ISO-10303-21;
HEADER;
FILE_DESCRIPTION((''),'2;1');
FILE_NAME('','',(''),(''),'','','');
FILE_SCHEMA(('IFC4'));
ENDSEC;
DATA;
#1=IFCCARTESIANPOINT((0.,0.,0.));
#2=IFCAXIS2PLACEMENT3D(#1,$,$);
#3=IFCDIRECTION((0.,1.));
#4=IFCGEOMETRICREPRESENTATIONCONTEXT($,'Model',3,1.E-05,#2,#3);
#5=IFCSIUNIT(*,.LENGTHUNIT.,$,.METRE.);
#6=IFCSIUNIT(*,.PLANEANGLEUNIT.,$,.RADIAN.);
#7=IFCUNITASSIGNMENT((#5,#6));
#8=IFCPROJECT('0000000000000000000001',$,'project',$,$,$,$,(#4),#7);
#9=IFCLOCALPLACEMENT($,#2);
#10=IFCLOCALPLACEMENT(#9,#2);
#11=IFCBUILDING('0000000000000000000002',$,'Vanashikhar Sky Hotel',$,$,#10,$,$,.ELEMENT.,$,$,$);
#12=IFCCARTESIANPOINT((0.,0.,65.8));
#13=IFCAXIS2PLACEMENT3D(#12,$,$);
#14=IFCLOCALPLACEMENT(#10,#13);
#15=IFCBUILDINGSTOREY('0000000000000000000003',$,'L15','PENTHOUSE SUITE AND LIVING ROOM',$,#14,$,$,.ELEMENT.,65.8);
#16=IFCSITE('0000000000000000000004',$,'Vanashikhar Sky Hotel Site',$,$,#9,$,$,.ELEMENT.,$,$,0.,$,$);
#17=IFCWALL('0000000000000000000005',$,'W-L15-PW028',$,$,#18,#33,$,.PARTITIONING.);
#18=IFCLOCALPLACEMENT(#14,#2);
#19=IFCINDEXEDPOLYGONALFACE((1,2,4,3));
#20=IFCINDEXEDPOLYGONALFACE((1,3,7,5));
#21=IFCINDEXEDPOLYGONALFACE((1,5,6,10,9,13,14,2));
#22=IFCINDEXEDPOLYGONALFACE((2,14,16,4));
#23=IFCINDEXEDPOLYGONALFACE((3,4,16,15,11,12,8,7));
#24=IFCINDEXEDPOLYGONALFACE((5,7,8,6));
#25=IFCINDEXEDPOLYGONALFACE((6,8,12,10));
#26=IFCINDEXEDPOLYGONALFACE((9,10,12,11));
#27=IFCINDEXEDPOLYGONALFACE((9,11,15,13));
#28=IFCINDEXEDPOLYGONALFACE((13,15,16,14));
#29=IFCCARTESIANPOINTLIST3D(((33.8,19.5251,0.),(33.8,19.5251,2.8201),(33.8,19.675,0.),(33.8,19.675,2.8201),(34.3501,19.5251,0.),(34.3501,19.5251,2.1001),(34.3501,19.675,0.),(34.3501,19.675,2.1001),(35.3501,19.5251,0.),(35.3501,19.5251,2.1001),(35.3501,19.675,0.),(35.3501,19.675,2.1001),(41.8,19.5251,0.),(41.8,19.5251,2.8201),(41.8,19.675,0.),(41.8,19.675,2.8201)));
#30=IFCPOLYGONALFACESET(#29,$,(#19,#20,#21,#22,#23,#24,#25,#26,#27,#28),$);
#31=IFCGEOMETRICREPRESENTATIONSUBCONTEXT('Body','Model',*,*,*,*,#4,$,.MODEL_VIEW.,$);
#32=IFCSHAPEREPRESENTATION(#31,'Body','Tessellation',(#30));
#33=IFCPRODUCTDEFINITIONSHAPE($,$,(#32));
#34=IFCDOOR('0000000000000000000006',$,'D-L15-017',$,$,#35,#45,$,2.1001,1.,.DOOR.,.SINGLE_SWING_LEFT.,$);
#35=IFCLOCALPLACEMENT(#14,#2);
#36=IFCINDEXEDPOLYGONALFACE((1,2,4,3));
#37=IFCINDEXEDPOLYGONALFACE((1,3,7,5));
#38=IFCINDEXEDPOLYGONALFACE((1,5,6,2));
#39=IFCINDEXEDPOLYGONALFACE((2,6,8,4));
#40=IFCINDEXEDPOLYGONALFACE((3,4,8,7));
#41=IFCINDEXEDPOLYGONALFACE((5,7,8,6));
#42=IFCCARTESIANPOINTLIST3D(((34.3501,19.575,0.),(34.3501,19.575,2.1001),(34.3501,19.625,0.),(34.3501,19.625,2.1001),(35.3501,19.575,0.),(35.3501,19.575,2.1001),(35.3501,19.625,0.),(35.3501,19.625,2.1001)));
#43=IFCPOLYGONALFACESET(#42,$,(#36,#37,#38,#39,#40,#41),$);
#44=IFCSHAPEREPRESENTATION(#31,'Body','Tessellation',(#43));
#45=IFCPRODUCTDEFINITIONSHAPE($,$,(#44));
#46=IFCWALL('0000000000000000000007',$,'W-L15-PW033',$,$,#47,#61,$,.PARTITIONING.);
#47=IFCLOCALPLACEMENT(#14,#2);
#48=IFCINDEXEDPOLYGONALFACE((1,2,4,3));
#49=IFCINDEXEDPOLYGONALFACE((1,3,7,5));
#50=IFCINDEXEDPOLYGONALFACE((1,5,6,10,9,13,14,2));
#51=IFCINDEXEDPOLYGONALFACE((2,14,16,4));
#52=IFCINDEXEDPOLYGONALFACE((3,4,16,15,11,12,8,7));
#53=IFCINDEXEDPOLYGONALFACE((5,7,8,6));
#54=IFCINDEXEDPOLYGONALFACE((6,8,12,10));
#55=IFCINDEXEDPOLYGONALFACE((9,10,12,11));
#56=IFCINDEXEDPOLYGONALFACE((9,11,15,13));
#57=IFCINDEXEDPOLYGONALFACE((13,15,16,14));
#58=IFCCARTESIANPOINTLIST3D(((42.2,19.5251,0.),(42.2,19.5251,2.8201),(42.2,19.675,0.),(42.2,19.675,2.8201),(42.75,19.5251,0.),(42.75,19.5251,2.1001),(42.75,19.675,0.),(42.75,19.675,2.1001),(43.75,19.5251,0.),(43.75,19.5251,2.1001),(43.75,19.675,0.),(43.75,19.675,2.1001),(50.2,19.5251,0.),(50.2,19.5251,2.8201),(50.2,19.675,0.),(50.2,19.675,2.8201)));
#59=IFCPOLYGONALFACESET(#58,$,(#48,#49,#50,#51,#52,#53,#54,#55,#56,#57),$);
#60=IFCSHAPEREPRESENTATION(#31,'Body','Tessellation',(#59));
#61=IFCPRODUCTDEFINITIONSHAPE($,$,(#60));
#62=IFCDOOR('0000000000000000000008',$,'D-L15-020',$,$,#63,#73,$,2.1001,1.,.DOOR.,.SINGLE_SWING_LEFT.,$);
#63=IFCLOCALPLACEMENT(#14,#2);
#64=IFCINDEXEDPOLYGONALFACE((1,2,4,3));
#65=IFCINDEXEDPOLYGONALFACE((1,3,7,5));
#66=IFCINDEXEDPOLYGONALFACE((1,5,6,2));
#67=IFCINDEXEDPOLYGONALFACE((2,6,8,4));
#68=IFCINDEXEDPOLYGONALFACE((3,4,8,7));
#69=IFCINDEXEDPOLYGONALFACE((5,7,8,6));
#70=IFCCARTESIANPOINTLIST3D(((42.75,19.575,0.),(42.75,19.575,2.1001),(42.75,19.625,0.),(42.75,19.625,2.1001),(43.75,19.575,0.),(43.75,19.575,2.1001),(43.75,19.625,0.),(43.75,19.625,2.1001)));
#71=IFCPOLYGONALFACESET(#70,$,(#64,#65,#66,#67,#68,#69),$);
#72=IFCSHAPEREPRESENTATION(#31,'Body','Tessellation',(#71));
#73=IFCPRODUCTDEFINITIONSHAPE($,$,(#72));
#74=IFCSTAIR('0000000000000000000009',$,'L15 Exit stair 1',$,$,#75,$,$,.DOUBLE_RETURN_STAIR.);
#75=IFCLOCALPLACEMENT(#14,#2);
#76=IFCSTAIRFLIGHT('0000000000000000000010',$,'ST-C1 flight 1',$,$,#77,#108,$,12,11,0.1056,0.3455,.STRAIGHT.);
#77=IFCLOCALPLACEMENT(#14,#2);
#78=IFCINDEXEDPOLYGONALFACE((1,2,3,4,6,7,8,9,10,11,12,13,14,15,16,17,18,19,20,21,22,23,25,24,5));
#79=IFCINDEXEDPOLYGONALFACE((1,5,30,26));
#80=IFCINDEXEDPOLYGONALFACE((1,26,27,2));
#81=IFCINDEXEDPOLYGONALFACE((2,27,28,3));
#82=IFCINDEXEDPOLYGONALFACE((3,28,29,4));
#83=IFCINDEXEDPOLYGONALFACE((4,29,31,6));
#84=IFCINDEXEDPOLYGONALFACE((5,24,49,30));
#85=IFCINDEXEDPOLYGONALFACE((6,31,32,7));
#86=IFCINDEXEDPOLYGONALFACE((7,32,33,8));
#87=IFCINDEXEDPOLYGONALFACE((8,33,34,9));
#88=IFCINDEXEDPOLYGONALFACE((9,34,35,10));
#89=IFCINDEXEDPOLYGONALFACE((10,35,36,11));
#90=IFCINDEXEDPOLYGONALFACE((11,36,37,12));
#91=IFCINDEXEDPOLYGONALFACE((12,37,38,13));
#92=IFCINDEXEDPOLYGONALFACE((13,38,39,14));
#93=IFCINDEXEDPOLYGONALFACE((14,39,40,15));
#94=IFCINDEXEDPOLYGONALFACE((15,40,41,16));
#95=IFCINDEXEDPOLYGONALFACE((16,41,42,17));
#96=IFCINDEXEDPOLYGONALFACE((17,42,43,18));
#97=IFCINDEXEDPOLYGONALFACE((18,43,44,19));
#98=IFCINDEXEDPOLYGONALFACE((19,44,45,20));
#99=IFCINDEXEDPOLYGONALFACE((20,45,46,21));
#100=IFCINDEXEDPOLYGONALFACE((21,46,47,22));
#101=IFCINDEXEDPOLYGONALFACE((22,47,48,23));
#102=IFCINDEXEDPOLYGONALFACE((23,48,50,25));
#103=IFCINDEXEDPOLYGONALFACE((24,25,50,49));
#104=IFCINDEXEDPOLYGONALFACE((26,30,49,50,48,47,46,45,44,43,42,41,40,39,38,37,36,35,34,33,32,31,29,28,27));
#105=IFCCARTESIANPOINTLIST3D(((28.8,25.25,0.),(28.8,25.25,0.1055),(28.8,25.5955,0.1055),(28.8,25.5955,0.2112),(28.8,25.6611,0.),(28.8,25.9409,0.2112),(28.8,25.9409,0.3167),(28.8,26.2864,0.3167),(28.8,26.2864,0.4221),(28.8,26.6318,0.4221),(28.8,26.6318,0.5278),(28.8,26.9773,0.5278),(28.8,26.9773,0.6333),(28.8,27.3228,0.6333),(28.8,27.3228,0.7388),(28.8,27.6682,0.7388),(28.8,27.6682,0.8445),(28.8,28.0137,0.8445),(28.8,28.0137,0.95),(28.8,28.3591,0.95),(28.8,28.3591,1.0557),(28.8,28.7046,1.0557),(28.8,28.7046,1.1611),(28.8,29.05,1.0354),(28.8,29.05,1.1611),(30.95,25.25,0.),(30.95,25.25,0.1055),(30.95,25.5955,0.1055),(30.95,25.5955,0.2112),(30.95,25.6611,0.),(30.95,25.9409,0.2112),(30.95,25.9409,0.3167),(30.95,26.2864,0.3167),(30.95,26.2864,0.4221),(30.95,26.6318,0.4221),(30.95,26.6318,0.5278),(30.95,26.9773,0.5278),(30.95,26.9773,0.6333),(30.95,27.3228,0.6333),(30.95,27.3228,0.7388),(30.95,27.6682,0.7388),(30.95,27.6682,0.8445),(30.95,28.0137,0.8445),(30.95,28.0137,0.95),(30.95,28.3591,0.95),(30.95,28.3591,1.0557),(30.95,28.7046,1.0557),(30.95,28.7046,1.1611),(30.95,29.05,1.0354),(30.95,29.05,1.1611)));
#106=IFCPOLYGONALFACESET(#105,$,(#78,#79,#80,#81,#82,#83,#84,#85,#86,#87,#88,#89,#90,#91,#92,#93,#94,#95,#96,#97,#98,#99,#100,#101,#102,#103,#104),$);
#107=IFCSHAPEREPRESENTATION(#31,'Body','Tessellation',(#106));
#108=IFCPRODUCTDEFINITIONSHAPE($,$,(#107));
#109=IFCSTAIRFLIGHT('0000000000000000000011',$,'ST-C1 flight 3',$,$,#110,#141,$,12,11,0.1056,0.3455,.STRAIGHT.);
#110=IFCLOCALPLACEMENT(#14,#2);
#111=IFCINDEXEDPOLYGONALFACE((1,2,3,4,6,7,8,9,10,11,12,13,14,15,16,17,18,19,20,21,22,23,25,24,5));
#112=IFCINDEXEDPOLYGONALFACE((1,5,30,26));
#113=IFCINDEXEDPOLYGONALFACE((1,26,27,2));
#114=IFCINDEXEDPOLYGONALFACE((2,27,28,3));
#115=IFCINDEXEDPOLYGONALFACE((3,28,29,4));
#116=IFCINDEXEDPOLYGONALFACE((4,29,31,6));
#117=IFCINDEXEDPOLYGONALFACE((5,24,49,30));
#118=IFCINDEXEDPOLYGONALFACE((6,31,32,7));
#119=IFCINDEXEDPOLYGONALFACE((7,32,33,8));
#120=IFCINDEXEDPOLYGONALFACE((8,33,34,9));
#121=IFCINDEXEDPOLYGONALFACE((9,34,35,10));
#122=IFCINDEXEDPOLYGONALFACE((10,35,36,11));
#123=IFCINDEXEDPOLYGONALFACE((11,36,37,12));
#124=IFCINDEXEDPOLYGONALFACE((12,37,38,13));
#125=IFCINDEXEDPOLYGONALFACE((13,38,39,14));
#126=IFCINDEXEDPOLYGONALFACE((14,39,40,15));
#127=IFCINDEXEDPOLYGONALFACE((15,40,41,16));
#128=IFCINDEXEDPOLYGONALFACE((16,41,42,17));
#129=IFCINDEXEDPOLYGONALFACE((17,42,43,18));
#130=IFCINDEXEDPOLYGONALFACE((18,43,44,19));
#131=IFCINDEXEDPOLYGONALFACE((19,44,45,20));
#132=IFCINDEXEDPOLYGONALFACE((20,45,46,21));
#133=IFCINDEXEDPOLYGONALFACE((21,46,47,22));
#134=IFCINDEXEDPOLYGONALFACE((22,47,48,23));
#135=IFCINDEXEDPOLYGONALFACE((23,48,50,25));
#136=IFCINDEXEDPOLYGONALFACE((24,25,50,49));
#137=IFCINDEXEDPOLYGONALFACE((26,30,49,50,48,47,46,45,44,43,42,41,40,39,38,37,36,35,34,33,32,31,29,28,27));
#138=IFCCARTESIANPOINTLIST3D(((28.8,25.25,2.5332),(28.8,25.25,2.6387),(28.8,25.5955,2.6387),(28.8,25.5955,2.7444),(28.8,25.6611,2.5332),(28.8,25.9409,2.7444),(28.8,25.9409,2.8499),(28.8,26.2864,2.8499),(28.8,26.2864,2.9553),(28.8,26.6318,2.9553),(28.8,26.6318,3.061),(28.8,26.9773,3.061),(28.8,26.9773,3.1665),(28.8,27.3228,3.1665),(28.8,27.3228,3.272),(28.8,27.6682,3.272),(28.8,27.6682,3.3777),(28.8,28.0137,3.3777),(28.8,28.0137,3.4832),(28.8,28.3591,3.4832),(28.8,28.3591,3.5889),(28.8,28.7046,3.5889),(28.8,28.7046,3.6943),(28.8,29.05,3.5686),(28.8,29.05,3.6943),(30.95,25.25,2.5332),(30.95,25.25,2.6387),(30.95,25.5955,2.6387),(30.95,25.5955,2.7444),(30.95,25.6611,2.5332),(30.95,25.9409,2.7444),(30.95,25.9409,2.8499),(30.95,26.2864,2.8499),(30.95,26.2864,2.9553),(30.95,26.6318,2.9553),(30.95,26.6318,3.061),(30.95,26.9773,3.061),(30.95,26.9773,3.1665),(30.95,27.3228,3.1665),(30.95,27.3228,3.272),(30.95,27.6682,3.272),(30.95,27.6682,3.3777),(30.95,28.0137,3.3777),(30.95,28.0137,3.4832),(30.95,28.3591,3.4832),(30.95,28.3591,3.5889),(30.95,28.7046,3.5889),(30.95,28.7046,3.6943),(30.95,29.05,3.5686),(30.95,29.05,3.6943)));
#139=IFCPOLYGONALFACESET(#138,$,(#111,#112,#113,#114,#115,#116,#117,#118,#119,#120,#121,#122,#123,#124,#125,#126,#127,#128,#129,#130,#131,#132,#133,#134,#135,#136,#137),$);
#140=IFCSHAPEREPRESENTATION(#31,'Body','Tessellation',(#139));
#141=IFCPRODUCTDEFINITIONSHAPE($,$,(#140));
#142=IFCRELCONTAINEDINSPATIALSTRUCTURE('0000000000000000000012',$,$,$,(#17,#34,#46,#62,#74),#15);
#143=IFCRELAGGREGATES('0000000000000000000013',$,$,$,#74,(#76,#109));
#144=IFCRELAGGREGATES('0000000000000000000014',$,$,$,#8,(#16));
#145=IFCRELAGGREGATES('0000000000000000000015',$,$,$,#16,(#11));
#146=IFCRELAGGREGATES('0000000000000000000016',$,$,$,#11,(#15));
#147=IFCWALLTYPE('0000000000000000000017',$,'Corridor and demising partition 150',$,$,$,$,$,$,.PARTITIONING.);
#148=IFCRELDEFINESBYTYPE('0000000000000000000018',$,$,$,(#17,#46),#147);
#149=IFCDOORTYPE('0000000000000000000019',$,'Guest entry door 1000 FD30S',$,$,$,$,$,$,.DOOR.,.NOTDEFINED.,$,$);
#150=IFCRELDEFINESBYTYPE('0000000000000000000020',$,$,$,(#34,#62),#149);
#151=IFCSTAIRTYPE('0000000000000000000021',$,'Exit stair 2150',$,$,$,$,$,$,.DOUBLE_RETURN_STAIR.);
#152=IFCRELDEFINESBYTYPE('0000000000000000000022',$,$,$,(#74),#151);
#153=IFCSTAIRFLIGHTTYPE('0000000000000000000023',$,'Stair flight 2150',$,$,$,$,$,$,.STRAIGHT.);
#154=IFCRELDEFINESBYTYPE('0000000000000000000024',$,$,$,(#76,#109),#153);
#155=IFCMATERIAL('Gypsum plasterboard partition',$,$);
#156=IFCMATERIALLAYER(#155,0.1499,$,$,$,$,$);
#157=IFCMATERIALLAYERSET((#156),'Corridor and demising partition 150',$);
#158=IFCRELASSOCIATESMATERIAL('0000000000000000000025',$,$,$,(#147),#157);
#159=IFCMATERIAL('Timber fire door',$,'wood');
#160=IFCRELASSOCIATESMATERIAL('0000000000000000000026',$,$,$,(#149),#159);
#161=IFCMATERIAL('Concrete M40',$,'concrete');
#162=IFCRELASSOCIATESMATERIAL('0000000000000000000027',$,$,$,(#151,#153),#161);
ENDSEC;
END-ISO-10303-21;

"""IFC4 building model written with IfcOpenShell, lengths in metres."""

from ifc_helpers import new_model, si_unit, direction, frame, frame_2d, origin, place, context, subcontext, project, spatial, polyline, rectangle, outline, extrude, source, transform, mapped, material, layer, layer_set, type_object, element, fill, aggregate, save


model = new_model("IFC4")

# Units and contexts
model_context = context("Model", 3, precision=1e-05, world=origin(), true_north=direction((0.0, 1.0)))
body_context = subcontext(model_context, "Body", "Model", "MODEL_VIEW")
ifc_project = project(units=[si_unit("LENGTHUNIT", "METRE"), si_unit("PLANEANGLEUNIT", "RADIAN")], contexts=[model_context])

# Site, building, storey
site_placement = place(None, origin())
site = spatial("IfcSite", under=ifc_project, at=site_placement, Name="Vanashikhar Sky Hotel Site", CompositionType="ELEMENT", RefElevation=0.0)
building_placement = place(site_placement, origin())
building = spatial("IfcBuilding", under=site, at=building_placement, Name="Vanashikhar Sky Hotel", CompositionType="ELEMENT")
storey_placement = place(building_placement, frame((0.0, 0.0, 65.8)))
storey = spatial("IfcBuildingStorey", under=building, at=storey_placement, Name="L15", Description="PENTHOUSE SUITE AND LIVING ROOM", CompositionType="ELEMENT", Elevation=65.8)

# Shared definitions
ifc_material_1 = material(Name="Concrete M40", Category="concrete")

# Walls, openings, doors
ifc_material_2 = material(Name="Gypsum plasterboard partition")
ifc_layer_1 = layer(ifc_material_2, 0.1499)
ifc_layer_set_1 = layer_set([ifc_layer_1], Name="Corridor and demising partition 150")
wall_type_1 = type_object("IfcWallType", Name="Corridor and demising partition 150", PredefinedType="PARTITIONING", material=ifc_layer_set_1)
shared_shape_1 = source(origin(), body_context, "Body", "SweptSolid", [
    extrude(rectangle(XDim=8.0, YDim=0.1499, at=frame_2d((4.0, 0.0))), origin(), (0.0, 0.0, 1.0), 2.8201),
])
wall_1_placement = place(storey_placement, frame((33.8, 19.6001, 0.0), z_axis=(0.0, 0.0, 1.0), x_axis=(1.0, 0.0, 0.0)))
wall_1 = element("IfcWall", 1, at=wall_1_placement, inside=storey, type_object=wall_type_1, Name="W-L15-PW028", PredefinedType="PARTITIONING", context=body_context, shape_type="MappedRepresentation", body=[
    mapped(shared_shape_1, transform((0.0, 0.0, 0.0), scale=1.0)),
])
shared_shape_2 = source(origin(), body_context, "Body", "SweptSolid", [
    extrude(rectangle(XDim=1.0, YDim=2.1001, at=frame_2d((0.5, 1.05))), frame((0.0, 0.085, 0.0), z_axis=(0.0, -1.0, 0.0), x_axis=(1.0, 0.0, 0.0)), (0.0, 0.0, 1.0), 0.1699),
])
opening_1_placement = place(wall_1_placement, frame((0.55, 0.0, 0.0)))
opening_1 = element("IfcOpeningElement", 2, at=opening_1_placement, cuts=wall_1, PredefinedType="OPENING", context=body_context, shape_type="MappedRepresentation", body=[
    mapped(shared_shape_2, transform((0.0, 0.0, 0.0), scale=1.0)),
])
ifc_material_3 = material(Name="Timber fire door", Category="wood")
door_type_1 = type_object("IfcDoorType", Name="Guest entry door 1000 FD30S", OperationType="NOTDEFINED", PredefinedType="DOOR", material=ifc_material_3)
shared_shape_3 = source(origin(), body_context, "Body", "SweptSolid", [
    extrude(rectangle(XDim=1.0, YDim=2.1001, at=frame_2d((0.5, 1.05))), frame((0.0, 0.0249, 0.0), z_axis=(0.0, -1.0, 0.0), x_axis=(1.0, 0.0, 0.0)), (0.0, 0.0, 1.0), 0.05),
])
door_1_placement = place(opening_1_placement, origin())
door_1 = element("IfcDoor", 3, at=door_1_placement, inside=storey, type_object=door_type_1, Name="D-L15-017", OperationType="SINGLE_SWING_LEFT", OverallHeight=2.1001, OverallWidth=1.0, PredefinedType="DOOR", context=body_context, shape_type="MappedRepresentation", body=[
    mapped(shared_shape_3, transform((0.0, 0.0, 0.0), scale=1.0)),
])
fill(opening_1, door_1)
wall_2_placement = place(storey_placement, frame((42.2, 19.6001, 0.0), z_axis=(0.0, 0.0, 1.0), x_axis=(1.0, 0.0, 0.0)))
wall_2 = element("IfcWall", 4, at=wall_2_placement, inside=storey, type_object=wall_type_1, Name="W-L15-PW033", PredefinedType="PARTITIONING", context=body_context, shape_type="MappedRepresentation", body=[
    mapped(shared_shape_1, transform((0.0, 0.0, 0.0), scale=1.0)),
])
opening_2_placement = place(wall_2_placement, frame((0.55, 0.0, 0.0)))
opening_2 = element("IfcOpeningElement", 5, at=opening_2_placement, cuts=wall_2, PredefinedType="OPENING", context=body_context, shape_type="MappedRepresentation", body=[
    mapped(shared_shape_2, transform((0.0, 0.0, 0.0), scale=1.0)),
])
door_2_placement = place(opening_2_placement, origin())
door_2 = element("IfcDoor", 6, at=door_2_placement, inside=storey, type_object=door_type_1, Name="D-L15-020", OperationType="SINGLE_SWING_LEFT", OverallHeight=2.1001, OverallWidth=1.0, PredefinedType="DOOR", context=body_context, shape_type="MappedRepresentation", body=[
    mapped(shared_shape_3, transform((0.0, 0.0, 0.0), scale=1.0)),
])
fill(opening_2, door_2)

# Stair, stair flights
stair_type = type_object("IfcStairType", Name="Exit stair 2150", PredefinedType="DOUBLE_RETURN_STAIR", material=ifc_material_1)
stair_placement = place(storey_placement, origin())
stair = element("IfcStair", 7, at=stair_placement, inside=storey, type_object=stair_type, Name="L15 Exit stair 1", PredefinedType="DOUBLE_RETURN_STAIR")
stair_flight_type = type_object("IfcStairFlightType", Name="Stair flight 2150", PredefinedType="STRAIGHT", material=ifc_material_1)
shared_shape_4 = source(origin(), body_context, "Body", "SweptSolid", [
    extrude(outline(polyline([(0.0, 0.0), (0.0, 0.1055), (0.3455, 0.1055), (0.3455, 0.2112), (0.6909, 0.2112), (0.6909, 0.3167), (1.0364, 0.3167), (1.0364, 0.4221), (1.3818, 0.4221), (1.3818, 0.5278), (1.7273, 0.5278), (1.7273, 0.6333), (2.0728, 0.6333), (2.0728, 0.7388), (2.4182, 0.7388), (2.4182, 0.8445), (2.7637, 0.8445), (2.7637, 0.95), (3.1091, 0.95), (3.1091, 1.0557), (3.4546, 1.0557), (3.4546, 1.1611), (3.8, 1.1611), (3.8, 1.2666), (3.8, 1.0354), (0.4111, 0.0), (0.0, 0.0)])), frame((0.0, 1.075, 0.0), z_axis=(0.0, -1.0, 0.0), x_axis=(1.0, 0.0, 0.0)), (0.0, 0.0, 1.0), 2.1499),
])
stair_flight_1_placement = place(storey_placement, frame((29.875, 25.25, 0.0), z_axis=(0.0, 0.0, 1.0), x_axis=(0.0, 1.0, 0.0)))
stair_flight_1 = element("IfcStairFlight", 8, at=stair_flight_1_placement, type_object=stair_flight_type, Name="ST-C1 flight 1", NumberOfRisers=12, NumberOfTreads=11, PredefinedType="STRAIGHT", RiserHeight=0.1056, TreadLength=0.3455, context=body_context, shape_type="MappedRepresentation", body=[
    mapped(shared_shape_4, transform((0.0, 0.0, 0.0), scale=1.0)),
])
stair_flight_2_placement = place(storey_placement, frame((29.875, 25.25, 2.5332), z_axis=(0.0, 0.0, 1.0), x_axis=(0.0, 1.0, 0.0)))
stair_flight_2 = element("IfcStairFlight", 9, at=stair_flight_2_placement, type_object=stair_flight_type, Name="ST-C1 flight 3", NumberOfRisers=12, NumberOfTreads=11, PredefinedType="STRAIGHT", RiserHeight=0.1056, TreadLength=0.3455, context=body_context, shape_type="MappedRepresentation", body=[
    mapped(shared_shape_4, transform((0.0, 0.0, 0.0), scale=1.0)),
])
aggregate(stair, [stair_flight_1, stair_flight_2])

save(model, "model.ifc")
